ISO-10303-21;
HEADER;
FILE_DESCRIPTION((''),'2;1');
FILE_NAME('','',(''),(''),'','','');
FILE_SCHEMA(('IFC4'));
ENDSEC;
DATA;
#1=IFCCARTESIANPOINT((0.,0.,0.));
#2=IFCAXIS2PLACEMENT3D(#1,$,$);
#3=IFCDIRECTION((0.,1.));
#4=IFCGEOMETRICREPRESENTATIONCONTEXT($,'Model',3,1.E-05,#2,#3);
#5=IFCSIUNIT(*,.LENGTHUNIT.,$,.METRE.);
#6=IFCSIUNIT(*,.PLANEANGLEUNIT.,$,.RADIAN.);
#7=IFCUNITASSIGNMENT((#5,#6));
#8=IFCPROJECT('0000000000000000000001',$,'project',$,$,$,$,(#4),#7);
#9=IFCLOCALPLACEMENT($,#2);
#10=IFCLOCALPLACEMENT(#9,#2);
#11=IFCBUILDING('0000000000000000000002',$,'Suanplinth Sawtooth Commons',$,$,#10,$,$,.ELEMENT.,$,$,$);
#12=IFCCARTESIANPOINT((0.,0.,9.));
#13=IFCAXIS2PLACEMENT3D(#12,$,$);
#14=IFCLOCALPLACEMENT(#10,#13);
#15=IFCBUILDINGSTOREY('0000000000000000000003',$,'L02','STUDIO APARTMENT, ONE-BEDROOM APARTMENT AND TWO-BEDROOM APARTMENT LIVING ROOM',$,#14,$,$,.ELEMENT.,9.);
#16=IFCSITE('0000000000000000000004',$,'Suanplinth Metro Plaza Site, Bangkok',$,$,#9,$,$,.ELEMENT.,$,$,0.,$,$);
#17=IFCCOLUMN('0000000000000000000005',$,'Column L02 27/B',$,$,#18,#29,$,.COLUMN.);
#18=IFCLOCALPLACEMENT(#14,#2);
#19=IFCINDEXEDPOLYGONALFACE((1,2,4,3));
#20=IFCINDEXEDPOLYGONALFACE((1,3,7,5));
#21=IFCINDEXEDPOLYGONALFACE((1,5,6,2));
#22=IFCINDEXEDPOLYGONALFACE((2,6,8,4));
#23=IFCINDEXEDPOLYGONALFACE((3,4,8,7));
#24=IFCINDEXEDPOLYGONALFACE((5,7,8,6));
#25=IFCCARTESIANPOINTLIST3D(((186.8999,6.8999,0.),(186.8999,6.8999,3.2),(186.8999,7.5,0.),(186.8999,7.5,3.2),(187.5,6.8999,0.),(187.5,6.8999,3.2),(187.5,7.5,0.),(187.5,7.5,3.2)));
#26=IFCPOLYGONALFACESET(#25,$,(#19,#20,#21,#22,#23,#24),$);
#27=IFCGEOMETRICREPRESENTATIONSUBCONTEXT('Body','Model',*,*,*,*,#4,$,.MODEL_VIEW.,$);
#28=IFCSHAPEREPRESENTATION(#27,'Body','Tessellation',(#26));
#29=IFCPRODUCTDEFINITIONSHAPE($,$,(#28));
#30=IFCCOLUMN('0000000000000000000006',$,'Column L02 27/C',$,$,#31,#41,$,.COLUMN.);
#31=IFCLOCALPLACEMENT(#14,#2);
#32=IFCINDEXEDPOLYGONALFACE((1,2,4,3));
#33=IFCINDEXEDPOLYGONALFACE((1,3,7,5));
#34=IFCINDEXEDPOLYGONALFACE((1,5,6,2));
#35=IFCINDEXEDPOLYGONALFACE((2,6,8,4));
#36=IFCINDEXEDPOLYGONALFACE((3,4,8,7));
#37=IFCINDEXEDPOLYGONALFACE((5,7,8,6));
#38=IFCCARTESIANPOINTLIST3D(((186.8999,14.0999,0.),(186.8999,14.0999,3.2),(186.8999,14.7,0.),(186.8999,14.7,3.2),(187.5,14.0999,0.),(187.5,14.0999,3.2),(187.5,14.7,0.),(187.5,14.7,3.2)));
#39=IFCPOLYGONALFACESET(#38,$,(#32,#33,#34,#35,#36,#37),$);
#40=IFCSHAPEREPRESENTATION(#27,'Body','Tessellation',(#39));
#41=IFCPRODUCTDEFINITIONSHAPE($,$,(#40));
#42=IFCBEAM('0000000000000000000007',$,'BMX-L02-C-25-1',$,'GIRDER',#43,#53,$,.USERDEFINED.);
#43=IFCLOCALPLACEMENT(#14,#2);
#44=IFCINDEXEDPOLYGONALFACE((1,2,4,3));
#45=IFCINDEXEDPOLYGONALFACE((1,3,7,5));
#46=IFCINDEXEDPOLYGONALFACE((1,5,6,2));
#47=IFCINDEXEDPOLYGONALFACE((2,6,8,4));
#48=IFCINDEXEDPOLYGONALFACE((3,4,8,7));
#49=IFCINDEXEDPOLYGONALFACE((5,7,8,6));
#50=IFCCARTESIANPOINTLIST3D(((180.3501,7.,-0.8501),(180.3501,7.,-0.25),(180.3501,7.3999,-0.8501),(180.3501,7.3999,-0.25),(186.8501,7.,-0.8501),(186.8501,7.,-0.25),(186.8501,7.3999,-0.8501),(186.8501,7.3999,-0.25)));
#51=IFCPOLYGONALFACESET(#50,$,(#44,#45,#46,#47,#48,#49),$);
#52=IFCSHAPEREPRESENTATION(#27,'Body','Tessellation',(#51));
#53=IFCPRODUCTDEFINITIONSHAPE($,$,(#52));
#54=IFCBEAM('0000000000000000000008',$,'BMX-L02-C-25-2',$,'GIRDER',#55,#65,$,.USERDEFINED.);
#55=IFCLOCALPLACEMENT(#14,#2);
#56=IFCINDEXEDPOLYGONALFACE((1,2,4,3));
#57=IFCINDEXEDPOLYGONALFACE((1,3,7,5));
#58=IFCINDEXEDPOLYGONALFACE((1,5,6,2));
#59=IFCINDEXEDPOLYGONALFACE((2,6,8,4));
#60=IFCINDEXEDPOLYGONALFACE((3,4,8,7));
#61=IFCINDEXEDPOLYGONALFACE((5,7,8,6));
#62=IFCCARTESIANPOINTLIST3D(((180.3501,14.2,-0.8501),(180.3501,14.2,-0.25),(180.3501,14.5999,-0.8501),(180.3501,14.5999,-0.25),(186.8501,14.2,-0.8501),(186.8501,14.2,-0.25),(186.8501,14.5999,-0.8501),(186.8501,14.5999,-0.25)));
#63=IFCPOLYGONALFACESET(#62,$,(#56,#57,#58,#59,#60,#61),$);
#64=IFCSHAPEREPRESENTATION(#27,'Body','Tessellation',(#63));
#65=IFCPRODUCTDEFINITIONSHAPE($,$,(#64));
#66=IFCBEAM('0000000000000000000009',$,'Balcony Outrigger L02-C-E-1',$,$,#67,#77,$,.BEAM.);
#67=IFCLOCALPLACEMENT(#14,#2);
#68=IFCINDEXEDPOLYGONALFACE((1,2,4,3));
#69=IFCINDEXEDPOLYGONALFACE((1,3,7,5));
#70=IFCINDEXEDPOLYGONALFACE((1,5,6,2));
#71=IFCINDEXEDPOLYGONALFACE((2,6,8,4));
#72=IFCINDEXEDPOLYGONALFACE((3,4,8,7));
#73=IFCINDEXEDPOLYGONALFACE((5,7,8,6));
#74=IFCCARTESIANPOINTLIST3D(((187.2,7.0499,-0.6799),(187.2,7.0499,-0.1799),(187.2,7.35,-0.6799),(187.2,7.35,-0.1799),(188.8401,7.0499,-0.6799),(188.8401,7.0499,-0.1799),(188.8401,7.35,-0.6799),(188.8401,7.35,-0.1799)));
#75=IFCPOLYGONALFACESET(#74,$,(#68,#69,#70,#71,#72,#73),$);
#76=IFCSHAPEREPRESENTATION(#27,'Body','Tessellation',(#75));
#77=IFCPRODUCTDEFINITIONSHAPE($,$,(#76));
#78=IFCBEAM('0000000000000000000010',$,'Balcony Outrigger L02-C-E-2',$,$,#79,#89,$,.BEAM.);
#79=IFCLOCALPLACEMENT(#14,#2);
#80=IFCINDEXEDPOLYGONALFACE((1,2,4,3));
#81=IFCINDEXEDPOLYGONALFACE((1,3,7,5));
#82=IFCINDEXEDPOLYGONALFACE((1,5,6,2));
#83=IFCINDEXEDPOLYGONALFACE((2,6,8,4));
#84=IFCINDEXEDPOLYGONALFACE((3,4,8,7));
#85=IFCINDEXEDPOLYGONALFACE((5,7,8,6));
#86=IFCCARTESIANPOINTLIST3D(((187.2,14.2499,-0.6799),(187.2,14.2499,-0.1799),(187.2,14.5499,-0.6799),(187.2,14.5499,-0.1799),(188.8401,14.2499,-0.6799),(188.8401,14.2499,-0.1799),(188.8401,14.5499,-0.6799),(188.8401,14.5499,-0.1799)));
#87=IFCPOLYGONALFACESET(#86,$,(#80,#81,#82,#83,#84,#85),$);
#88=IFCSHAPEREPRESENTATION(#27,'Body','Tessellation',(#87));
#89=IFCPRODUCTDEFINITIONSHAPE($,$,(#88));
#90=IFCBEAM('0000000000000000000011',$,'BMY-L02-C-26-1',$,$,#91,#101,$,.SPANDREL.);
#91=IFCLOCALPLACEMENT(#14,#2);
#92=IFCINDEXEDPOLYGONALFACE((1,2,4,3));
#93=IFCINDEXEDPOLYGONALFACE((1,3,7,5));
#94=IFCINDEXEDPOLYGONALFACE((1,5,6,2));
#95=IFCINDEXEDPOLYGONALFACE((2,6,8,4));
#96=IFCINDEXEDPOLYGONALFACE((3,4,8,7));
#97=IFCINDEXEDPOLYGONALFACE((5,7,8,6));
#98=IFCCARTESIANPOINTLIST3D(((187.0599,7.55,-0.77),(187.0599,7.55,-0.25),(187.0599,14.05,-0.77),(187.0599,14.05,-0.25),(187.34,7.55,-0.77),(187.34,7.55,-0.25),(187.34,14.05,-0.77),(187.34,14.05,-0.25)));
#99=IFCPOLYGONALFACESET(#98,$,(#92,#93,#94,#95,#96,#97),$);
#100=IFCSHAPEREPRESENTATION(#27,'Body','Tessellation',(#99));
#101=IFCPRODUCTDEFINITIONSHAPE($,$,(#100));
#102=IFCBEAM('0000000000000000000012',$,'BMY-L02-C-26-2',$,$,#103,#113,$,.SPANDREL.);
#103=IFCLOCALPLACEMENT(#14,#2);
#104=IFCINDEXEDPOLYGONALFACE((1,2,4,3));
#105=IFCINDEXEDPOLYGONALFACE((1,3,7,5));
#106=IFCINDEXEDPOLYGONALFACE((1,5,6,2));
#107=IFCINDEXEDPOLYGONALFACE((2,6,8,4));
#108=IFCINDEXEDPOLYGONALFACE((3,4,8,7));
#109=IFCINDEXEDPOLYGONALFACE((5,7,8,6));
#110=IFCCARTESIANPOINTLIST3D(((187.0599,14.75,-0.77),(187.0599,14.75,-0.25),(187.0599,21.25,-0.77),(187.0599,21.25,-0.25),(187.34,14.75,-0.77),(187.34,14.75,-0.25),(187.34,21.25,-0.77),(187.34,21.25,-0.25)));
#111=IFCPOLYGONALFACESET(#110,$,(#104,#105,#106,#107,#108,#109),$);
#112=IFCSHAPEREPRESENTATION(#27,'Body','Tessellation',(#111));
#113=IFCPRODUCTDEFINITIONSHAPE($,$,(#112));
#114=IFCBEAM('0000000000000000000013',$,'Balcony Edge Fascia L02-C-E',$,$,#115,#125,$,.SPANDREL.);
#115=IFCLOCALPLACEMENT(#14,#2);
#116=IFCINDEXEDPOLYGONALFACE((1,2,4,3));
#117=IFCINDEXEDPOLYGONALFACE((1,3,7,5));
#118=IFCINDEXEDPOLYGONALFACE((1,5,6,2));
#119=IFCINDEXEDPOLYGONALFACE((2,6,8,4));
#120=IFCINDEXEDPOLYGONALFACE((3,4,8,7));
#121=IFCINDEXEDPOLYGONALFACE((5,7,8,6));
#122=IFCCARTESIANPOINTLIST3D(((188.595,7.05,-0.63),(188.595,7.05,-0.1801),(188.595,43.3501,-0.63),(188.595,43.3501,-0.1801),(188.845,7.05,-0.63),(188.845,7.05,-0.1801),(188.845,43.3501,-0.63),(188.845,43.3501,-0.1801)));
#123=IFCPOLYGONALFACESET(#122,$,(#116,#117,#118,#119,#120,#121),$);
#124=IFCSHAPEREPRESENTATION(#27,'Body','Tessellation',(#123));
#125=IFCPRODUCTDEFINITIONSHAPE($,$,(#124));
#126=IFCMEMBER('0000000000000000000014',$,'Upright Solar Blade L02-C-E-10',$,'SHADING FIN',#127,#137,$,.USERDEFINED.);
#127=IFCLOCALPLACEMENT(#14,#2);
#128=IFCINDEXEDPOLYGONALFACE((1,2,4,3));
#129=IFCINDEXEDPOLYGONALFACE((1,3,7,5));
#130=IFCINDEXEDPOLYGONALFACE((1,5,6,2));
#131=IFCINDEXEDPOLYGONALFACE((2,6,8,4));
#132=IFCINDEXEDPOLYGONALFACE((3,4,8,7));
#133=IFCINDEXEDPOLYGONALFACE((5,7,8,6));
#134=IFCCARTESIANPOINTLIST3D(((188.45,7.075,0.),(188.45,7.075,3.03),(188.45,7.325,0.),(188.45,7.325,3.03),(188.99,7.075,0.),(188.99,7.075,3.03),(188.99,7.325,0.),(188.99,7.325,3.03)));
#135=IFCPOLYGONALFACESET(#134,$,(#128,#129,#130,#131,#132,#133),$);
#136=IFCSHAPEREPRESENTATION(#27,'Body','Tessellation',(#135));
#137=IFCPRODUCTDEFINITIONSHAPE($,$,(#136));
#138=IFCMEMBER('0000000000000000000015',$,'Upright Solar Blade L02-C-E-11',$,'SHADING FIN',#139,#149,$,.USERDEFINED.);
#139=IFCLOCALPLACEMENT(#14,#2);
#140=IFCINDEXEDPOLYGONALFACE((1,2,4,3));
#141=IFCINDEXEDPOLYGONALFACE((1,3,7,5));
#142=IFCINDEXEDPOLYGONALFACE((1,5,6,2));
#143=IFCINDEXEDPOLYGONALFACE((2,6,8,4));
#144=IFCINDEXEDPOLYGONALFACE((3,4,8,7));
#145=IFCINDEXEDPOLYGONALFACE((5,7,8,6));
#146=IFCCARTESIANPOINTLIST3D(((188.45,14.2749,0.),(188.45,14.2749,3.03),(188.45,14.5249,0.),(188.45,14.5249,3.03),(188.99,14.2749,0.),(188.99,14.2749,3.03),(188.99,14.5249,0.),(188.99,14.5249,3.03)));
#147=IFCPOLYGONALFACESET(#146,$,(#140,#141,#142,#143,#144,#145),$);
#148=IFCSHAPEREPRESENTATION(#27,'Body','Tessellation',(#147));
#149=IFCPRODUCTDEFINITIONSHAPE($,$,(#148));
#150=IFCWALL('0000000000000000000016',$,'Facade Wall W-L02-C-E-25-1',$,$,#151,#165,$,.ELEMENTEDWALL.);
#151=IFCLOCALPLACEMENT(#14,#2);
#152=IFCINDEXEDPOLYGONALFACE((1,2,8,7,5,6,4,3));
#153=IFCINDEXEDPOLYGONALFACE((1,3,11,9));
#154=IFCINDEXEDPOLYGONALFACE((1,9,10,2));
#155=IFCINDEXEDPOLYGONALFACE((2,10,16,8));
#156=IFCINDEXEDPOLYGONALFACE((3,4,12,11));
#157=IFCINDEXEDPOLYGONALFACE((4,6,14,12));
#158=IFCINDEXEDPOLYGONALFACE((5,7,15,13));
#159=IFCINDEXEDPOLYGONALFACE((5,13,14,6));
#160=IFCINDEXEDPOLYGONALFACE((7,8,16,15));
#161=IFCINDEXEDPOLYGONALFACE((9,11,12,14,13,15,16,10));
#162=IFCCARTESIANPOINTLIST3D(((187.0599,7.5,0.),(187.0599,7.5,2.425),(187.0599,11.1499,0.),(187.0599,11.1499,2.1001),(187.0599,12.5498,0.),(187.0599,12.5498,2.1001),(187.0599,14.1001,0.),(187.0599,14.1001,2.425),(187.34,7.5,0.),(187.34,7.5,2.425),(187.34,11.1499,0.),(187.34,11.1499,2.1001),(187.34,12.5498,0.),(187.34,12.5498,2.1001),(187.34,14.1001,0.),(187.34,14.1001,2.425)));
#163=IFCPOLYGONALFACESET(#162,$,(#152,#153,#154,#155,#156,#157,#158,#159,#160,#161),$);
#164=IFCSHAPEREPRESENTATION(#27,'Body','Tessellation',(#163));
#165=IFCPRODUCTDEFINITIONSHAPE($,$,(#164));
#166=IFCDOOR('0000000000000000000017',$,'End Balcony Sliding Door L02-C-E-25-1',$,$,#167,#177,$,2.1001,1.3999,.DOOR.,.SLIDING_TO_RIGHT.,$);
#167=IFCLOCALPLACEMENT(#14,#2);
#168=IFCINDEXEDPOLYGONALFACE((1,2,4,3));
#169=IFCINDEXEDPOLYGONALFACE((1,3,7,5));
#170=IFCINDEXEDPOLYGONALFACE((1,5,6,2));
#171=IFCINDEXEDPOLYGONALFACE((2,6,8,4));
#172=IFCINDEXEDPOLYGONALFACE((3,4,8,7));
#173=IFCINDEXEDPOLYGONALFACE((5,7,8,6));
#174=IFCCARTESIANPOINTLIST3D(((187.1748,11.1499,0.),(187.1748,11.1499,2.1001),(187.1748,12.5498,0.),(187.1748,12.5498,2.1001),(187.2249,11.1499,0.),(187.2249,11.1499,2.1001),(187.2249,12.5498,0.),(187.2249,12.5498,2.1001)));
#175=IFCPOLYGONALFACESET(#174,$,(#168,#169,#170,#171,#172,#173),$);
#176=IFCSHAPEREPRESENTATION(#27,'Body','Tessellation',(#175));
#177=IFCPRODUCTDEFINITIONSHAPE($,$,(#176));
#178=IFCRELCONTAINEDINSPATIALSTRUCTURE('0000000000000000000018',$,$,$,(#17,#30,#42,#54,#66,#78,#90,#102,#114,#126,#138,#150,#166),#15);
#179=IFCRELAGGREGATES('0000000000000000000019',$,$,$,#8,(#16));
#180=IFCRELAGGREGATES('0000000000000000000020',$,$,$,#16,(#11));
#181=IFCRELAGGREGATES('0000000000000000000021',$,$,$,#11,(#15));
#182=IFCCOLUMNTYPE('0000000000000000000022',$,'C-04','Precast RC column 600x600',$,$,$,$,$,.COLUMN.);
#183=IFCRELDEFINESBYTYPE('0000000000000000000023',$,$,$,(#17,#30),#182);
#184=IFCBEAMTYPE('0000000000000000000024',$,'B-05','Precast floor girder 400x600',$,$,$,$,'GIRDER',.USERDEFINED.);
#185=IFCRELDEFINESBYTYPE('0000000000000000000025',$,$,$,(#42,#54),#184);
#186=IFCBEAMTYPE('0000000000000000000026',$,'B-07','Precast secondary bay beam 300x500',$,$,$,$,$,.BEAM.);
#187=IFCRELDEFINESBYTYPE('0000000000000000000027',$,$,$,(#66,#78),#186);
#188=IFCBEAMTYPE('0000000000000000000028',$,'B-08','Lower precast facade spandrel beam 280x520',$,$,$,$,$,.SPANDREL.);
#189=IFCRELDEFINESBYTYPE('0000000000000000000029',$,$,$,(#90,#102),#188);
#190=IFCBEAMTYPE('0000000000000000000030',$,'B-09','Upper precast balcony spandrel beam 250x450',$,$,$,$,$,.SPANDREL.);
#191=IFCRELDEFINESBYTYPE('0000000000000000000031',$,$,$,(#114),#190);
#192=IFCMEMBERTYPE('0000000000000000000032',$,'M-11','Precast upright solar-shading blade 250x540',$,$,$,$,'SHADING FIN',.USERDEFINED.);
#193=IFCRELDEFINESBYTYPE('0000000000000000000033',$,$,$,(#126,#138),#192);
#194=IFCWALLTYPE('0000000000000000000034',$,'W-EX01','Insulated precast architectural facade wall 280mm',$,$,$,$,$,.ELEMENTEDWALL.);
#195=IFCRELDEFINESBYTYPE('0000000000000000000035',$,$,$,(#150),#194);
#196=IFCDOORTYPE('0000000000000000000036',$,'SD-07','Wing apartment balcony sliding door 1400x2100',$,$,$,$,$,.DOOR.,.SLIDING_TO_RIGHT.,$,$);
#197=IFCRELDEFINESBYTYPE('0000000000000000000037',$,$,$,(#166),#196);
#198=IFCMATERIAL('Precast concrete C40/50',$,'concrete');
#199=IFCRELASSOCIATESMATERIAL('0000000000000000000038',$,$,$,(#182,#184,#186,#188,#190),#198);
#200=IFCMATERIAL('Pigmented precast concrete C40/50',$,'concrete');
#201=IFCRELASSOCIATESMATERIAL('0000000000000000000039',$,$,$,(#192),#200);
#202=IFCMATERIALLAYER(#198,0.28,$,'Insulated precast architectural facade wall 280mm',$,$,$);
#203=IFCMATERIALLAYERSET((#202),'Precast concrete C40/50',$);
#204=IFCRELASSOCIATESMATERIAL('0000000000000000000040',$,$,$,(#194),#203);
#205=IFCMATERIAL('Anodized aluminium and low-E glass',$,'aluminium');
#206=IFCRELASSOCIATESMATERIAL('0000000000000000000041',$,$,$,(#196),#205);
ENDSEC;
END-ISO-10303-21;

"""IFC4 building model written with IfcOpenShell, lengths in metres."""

from ifc_helpers import new_model, si_unit, direction, frame, frame_2d, origin, origin_2d, place, context, subcontext, project, spatial, rectangle, extrude, material, layer, layer_set, material_profile, profile_set, type_object, element, fill, save


model = new_model("IFC4")

# Units and contexts
model_context = context("Model", 3, precision=1e-05, world=origin(), true_north=direction((0.0, 1.0)))
body_context = subcontext(model_context, "Body", "Model", "MODEL_VIEW")
ifc_project = project(units=[si_unit("LENGTHUNIT", "METRE"), si_unit("PLANEANGLEUNIT", "RADIAN")], contexts=[model_context])

# Site, building, storey
site_placement = place(None, origin())
site = spatial("IfcSite", under=ifc_project, at=site_placement, Name="Suanplinth Metro Plaza Site, Bangkok", CompositionType="ELEMENT", RefElevation=0.0)
building_placement = place(site_placement, origin())
building = spatial("IfcBuilding", under=site, at=building_placement, Name="Suanplinth Sawtooth Commons", CompositionType="ELEMENT")
storey_placement = place(building_placement, frame((0.0, 0.0, 9.0)))
storey = spatial("IfcBuildingStorey", under=building, at=storey_placement, Name="L02", Description="STUDIO APARTMENT, ONE-BEDROOM APARTMENT AND TWO-BEDROOM APARTMENT LIVING ROOM", CompositionType="ELEMENT", Elevation=9.0)

# Columns
ifc_material_1 = material(Name="Precast concrete C40/50", Category="concrete")
ifc_material_profile_1 = material_profile(ifc_material_1, rectangle(XDim=0.6001, YDim=0.6001, at=origin_2d()), Name="PC-COL 600x600")
ifc_profile_set_1 = profile_set([ifc_material_profile_1], Name="Precast concrete C40/50")
column_type = type_object("IfcColumnType", Name="C-04", Description="Precast RC column 600x600", PredefinedType="COLUMN", material=ifc_profile_set_1)
for number, where, z_axis, x_axis, name in (
    (1, (187.2, 7.2, 0.0), (0.0, 0.0, 1.0), (1.0, 0.0, 0.0), "Column L02 27/B"),
    (2, (187.2, 14.3999, 0.0), (0.0, 0.0, 1.0), (1.0, 0.0, 0.0), "Column L02 27/C"),
):
    element("IfcColumn", number, at=place(storey_placement, frame(where, z_axis=z_axis, x_axis=x_axis)), inside=storey, type_object=column_type, Name=name, PredefinedType="COLUMN", context=body_context, shape_type="SweptSolid", body=[
        extrude(rectangle(XDim=0.6001, YDim=0.6001, at=origin_2d()), origin(), (0.0, 0.0, 1.0), 3.2),
    ])

# Beams
ifc_material_profile_2 = material_profile(ifc_material_1, rectangle(XDim=0.3999, YDim=0.6001, at=origin_2d()), Name="PC-GDR 400x600")
ifc_profile_set_2 = profile_set([ifc_material_profile_2], Name="Precast concrete C40/50")
beam_type_1 = type_object("IfcBeamType", Name="B-05", Description="Precast floor girder 400x600", ElementType="GIRDER", PredefinedType="USERDEFINED", material=ifc_profile_set_2)
for number, where, z_axis, x_axis, name in (
    (3, (180.3501, 7.2, -0.55), (1.0, 0.0, 0.0), (0.0, 1.0, 0.0), "BMX-L02-C-25-1"),
    (4, (180.3501, 14.3999, -0.55), (1.0, 0.0, 0.0), (0.0, 1.0, 0.0), "BMX-L02-C-25-2"),
):
    element("IfcBeam", number, at=place(storey_placement, frame(where, z_axis=z_axis, x_axis=x_axis)), inside=storey, type_object=beam_type_1, Name=name, ObjectType="GIRDER", PredefinedType="USERDEFINED", context=body_context, shape_type="SweptSolid", body=[
        extrude(rectangle(XDim=0.3999, YDim=0.6001, at=origin_2d()), origin(), (0.0, 0.0, 1.0), 6.5),
    ])
ifc_material_profile_3 = material_profile(ifc_material_1, rectangle(XDim=0.3, YDim=0.5, at=origin_2d()), Name="PC-BM 300x500")
ifc_profile_set_3 = profile_set([ifc_material_profile_3], Name="Precast concrete C40/50")
beam_type_2 = type_object("IfcBeamType", Name="B-07", Description="Precast secondary bay beam 300x500", PredefinedType="BEAM", material=ifc_profile_set_3)
for number, where, z_axis, x_axis, name in (
    (5, (187.2, 7.2, -0.4299), (1.0, 0.0, 0.0), (0.0, 1.0, 0.0), "Balcony Outrigger L02-C-E-1"),
    (6, (187.2, 14.3999, -0.4299), (1.0, 0.0, 0.0), (0.0, 1.0, 0.0), "Balcony Outrigger L02-C-E-2"),
):
    element("IfcBeam", number, at=place(storey_placement, frame(where, z_axis=z_axis, x_axis=x_axis)), inside=storey, type_object=beam_type_2, Name=name, PredefinedType="BEAM", context=body_context, shape_type="SweptSolid", body=[
        extrude(rectangle(XDim=0.3, YDim=0.5, at=origin_2d()), origin(), (0.0, 0.0, 1.0), 1.6401),
    ])
ifc_material_profile_4 = material_profile(ifc_material_1, rectangle(XDim=0.28, YDim=0.52, at=origin_2d()), Name="PC-SP 280x520")
ifc_profile_set_4 = profile_set([ifc_material_profile_4], Name="Precast concrete C40/50")
beam_type_3 = type_object("IfcBeamType", Name="B-08", Description="Lower precast facade spandrel beam 280x520", PredefinedType="SPANDREL", material=ifc_profile_set_4)
for number, where, z_axis, x_axis, name in (
    (7, (187.2, 7.55, -0.51), (0.0, 1.0, 0.0), (-1.0, 0.0, 0.0), "BMY-L02-C-26-1"),
    (8, (187.2, 14.75, -0.51), (0.0, 1.0, 0.0), (-1.0, 0.0, 0.0), "BMY-L02-C-26-2"),
):
    element("IfcBeam", number, at=place(storey_placement, frame(where, z_axis=z_axis, x_axis=x_axis)), inside=storey, type_object=beam_type_3, Name=name, PredefinedType="SPANDREL", context=body_context, shape_type="SweptSolid", body=[
        extrude(rectangle(XDim=0.28, YDim=0.52, at=origin_2d()), origin(), (0.0, 0.0, 1.0), 6.5),
    ])
ifc_material_profile_5 = material_profile(ifc_material_1, rectangle(XDim=0.25, YDim=0.45, at=origin_2d()), Name="PC-SP 250x450")
ifc_profile_set_5 = profile_set([ifc_material_profile_5], Name="Precast concrete C40/50")
beam_type_4 = type_object("IfcBeamType", Name="B-09", Description="Upper precast balcony spandrel beam 250x450", PredefinedType="SPANDREL", material=ifc_profile_set_5)
beam_placement = place(storey_placement, frame((188.72, 7.05, -0.405), z_axis=(0.0, 1.0, 0.0), x_axis=(-1.0, 0.0, 0.0)))
element("IfcBeam", 9, at=beam_placement, inside=storey, type_object=beam_type_4, Name="Balcony Edge Fascia L02-C-E", PredefinedType="SPANDREL", context=body_context, shape_type="SweptSolid", body=[
    extrude(rectangle(XDim=0.25, YDim=0.45, at=origin_2d()), origin(), (0.0, 0.0, 1.0), 36.3),
])

# Members
ifc_material_2 = material(Name="Pigmented precast concrete C40/50", Category="concrete")
ifc_material_profile_6 = material_profile(ifc_material_2, rectangle(XDim=0.25, YDim=0.54, at=origin_2d()), Name="PC-FIN 250x540")
ifc_profile_set_6 = profile_set([ifc_material_profile_6], Name="Pigmented precast concrete C40/50")
member_type = type_object("IfcMemberType", Name="M-11", Description="Precast upright solar-shading blade 250x540", ElementType="SHADING FIN", PredefinedType="USERDEFINED", material=ifc_profile_set_6)
for number, where, z_axis, x_axis, name in (
    (10, (188.72, 7.2, 0.0), (0.0, 0.0, 1.0), (0.0, 1.0, 0.0), "Upright Solar Blade L02-C-E-10"),
    (11, (188.72, 14.3999, 0.0), (0.0, 0.0, 1.0), (0.0, 1.0, 0.0), "Upright Solar Blade L02-C-E-11"),
):
    element("IfcMember", number, at=place(storey_placement, frame(where, z_axis=z_axis, x_axis=x_axis)), inside=storey, type_object=member_type, Name=name, ObjectType="SHADING FIN", PredefinedType="USERDEFINED", context=body_context, shape_type="SweptSolid", body=[
        extrude(rectangle(XDim=0.25, YDim=0.54, at=origin_2d()), origin(), (0.0, 0.0, 1.0), 3.03),
    ])

# Wall, opening, door
ifc_layer_1 = layer(ifc_material_1, 0.28, Name="Insulated precast architectural facade wall 280mm")
ifc_layer_set_1 = layer_set([ifc_layer_1], Name="Precast concrete C40/50")
wall_type_1 = type_object("IfcWallType", Name="W-EX01", Description="Insulated precast architectural facade wall 280mm", PredefinedType="ELEMENTEDWALL", material=ifc_layer_set_1)
wall_1_placement = place(storey_placement, frame((187.2, 7.5, 0.0), z_axis=(0.0, 0.0, 1.0), x_axis=(0.0, 1.0, 0.0)))
wall_1 = element("IfcWall", 12, at=wall_1_placement, inside=storey, type_object=wall_type_1, Name="Facade Wall W-L02-C-E-25-1", PredefinedType="ELEMENTEDWALL", context=body_context, shape_type="SweptSolid", body=[
    extrude(rectangle(XDim=6.6001, YDim=0.28, at=frame_2d((3.3, 0.0))), origin(), (0.0, 0.0, 1.0), 2.425),
])
opening_1_placement = place(wall_1_placement, frame((3.6499, 0.0, 0.0)))
opening_1 = element("IfcOpeningElement", 13, at=opening_1_placement, cuts=wall_1, PredefinedType="OPENING", context=body_context, shape_type="SweptSolid", body=[
    extrude(rectangle(XDim=1.3999, YDim=2.1001, at=frame_2d((0.7, 1.05))), frame((0.0, 0.1548, 0.0), z_axis=(0.0, -1.0, 0.0), x_axis=(1.0, 0.0, 0.0)), (0.0, 0.0, 1.0), 0.3098),
])
ifc_material_3 = material(Name="Anodized aluminium and low-E glass", Category="aluminium")
door_type_1 = type_object("IfcDoorType", Name="SD-07", Description="Wing apartment balcony sliding door 1400x2100", OperationType="SLIDING_TO_RIGHT", PredefinedType="DOOR", material=ifc_material_3)
door_1_placement = place(opening_1_placement, frame((1.3999, 0.0, 0.0), z_axis=(0.0, 0.0, 1.0), x_axis=(-1.0, 0.0, 0.0)))
door_1 = element("IfcDoor", 14, at=door_1_placement, inside=storey, type_object=door_type_1, Name="End Balcony Sliding Door L02-C-E-25-1", OperationType="SLIDING_TO_RIGHT", OverallHeight=2.1001, OverallWidth=1.3999, PredefinedType="DOOR", context=body_context, shape_type="SweptSolid", body=[
    extrude(rectangle(XDim=1.3999, YDim=2.1001, at=frame_2d((0.7, 1.05))), frame((0.0, 0.0249, 0.0), z_axis=(0.0, -1.0, 0.0), x_axis=(1.0, 0.0, 0.0)), (0.0, 0.0, 1.0), 0.05),
])
fill(opening_1, door_1)

save(model, "model.ifc")
